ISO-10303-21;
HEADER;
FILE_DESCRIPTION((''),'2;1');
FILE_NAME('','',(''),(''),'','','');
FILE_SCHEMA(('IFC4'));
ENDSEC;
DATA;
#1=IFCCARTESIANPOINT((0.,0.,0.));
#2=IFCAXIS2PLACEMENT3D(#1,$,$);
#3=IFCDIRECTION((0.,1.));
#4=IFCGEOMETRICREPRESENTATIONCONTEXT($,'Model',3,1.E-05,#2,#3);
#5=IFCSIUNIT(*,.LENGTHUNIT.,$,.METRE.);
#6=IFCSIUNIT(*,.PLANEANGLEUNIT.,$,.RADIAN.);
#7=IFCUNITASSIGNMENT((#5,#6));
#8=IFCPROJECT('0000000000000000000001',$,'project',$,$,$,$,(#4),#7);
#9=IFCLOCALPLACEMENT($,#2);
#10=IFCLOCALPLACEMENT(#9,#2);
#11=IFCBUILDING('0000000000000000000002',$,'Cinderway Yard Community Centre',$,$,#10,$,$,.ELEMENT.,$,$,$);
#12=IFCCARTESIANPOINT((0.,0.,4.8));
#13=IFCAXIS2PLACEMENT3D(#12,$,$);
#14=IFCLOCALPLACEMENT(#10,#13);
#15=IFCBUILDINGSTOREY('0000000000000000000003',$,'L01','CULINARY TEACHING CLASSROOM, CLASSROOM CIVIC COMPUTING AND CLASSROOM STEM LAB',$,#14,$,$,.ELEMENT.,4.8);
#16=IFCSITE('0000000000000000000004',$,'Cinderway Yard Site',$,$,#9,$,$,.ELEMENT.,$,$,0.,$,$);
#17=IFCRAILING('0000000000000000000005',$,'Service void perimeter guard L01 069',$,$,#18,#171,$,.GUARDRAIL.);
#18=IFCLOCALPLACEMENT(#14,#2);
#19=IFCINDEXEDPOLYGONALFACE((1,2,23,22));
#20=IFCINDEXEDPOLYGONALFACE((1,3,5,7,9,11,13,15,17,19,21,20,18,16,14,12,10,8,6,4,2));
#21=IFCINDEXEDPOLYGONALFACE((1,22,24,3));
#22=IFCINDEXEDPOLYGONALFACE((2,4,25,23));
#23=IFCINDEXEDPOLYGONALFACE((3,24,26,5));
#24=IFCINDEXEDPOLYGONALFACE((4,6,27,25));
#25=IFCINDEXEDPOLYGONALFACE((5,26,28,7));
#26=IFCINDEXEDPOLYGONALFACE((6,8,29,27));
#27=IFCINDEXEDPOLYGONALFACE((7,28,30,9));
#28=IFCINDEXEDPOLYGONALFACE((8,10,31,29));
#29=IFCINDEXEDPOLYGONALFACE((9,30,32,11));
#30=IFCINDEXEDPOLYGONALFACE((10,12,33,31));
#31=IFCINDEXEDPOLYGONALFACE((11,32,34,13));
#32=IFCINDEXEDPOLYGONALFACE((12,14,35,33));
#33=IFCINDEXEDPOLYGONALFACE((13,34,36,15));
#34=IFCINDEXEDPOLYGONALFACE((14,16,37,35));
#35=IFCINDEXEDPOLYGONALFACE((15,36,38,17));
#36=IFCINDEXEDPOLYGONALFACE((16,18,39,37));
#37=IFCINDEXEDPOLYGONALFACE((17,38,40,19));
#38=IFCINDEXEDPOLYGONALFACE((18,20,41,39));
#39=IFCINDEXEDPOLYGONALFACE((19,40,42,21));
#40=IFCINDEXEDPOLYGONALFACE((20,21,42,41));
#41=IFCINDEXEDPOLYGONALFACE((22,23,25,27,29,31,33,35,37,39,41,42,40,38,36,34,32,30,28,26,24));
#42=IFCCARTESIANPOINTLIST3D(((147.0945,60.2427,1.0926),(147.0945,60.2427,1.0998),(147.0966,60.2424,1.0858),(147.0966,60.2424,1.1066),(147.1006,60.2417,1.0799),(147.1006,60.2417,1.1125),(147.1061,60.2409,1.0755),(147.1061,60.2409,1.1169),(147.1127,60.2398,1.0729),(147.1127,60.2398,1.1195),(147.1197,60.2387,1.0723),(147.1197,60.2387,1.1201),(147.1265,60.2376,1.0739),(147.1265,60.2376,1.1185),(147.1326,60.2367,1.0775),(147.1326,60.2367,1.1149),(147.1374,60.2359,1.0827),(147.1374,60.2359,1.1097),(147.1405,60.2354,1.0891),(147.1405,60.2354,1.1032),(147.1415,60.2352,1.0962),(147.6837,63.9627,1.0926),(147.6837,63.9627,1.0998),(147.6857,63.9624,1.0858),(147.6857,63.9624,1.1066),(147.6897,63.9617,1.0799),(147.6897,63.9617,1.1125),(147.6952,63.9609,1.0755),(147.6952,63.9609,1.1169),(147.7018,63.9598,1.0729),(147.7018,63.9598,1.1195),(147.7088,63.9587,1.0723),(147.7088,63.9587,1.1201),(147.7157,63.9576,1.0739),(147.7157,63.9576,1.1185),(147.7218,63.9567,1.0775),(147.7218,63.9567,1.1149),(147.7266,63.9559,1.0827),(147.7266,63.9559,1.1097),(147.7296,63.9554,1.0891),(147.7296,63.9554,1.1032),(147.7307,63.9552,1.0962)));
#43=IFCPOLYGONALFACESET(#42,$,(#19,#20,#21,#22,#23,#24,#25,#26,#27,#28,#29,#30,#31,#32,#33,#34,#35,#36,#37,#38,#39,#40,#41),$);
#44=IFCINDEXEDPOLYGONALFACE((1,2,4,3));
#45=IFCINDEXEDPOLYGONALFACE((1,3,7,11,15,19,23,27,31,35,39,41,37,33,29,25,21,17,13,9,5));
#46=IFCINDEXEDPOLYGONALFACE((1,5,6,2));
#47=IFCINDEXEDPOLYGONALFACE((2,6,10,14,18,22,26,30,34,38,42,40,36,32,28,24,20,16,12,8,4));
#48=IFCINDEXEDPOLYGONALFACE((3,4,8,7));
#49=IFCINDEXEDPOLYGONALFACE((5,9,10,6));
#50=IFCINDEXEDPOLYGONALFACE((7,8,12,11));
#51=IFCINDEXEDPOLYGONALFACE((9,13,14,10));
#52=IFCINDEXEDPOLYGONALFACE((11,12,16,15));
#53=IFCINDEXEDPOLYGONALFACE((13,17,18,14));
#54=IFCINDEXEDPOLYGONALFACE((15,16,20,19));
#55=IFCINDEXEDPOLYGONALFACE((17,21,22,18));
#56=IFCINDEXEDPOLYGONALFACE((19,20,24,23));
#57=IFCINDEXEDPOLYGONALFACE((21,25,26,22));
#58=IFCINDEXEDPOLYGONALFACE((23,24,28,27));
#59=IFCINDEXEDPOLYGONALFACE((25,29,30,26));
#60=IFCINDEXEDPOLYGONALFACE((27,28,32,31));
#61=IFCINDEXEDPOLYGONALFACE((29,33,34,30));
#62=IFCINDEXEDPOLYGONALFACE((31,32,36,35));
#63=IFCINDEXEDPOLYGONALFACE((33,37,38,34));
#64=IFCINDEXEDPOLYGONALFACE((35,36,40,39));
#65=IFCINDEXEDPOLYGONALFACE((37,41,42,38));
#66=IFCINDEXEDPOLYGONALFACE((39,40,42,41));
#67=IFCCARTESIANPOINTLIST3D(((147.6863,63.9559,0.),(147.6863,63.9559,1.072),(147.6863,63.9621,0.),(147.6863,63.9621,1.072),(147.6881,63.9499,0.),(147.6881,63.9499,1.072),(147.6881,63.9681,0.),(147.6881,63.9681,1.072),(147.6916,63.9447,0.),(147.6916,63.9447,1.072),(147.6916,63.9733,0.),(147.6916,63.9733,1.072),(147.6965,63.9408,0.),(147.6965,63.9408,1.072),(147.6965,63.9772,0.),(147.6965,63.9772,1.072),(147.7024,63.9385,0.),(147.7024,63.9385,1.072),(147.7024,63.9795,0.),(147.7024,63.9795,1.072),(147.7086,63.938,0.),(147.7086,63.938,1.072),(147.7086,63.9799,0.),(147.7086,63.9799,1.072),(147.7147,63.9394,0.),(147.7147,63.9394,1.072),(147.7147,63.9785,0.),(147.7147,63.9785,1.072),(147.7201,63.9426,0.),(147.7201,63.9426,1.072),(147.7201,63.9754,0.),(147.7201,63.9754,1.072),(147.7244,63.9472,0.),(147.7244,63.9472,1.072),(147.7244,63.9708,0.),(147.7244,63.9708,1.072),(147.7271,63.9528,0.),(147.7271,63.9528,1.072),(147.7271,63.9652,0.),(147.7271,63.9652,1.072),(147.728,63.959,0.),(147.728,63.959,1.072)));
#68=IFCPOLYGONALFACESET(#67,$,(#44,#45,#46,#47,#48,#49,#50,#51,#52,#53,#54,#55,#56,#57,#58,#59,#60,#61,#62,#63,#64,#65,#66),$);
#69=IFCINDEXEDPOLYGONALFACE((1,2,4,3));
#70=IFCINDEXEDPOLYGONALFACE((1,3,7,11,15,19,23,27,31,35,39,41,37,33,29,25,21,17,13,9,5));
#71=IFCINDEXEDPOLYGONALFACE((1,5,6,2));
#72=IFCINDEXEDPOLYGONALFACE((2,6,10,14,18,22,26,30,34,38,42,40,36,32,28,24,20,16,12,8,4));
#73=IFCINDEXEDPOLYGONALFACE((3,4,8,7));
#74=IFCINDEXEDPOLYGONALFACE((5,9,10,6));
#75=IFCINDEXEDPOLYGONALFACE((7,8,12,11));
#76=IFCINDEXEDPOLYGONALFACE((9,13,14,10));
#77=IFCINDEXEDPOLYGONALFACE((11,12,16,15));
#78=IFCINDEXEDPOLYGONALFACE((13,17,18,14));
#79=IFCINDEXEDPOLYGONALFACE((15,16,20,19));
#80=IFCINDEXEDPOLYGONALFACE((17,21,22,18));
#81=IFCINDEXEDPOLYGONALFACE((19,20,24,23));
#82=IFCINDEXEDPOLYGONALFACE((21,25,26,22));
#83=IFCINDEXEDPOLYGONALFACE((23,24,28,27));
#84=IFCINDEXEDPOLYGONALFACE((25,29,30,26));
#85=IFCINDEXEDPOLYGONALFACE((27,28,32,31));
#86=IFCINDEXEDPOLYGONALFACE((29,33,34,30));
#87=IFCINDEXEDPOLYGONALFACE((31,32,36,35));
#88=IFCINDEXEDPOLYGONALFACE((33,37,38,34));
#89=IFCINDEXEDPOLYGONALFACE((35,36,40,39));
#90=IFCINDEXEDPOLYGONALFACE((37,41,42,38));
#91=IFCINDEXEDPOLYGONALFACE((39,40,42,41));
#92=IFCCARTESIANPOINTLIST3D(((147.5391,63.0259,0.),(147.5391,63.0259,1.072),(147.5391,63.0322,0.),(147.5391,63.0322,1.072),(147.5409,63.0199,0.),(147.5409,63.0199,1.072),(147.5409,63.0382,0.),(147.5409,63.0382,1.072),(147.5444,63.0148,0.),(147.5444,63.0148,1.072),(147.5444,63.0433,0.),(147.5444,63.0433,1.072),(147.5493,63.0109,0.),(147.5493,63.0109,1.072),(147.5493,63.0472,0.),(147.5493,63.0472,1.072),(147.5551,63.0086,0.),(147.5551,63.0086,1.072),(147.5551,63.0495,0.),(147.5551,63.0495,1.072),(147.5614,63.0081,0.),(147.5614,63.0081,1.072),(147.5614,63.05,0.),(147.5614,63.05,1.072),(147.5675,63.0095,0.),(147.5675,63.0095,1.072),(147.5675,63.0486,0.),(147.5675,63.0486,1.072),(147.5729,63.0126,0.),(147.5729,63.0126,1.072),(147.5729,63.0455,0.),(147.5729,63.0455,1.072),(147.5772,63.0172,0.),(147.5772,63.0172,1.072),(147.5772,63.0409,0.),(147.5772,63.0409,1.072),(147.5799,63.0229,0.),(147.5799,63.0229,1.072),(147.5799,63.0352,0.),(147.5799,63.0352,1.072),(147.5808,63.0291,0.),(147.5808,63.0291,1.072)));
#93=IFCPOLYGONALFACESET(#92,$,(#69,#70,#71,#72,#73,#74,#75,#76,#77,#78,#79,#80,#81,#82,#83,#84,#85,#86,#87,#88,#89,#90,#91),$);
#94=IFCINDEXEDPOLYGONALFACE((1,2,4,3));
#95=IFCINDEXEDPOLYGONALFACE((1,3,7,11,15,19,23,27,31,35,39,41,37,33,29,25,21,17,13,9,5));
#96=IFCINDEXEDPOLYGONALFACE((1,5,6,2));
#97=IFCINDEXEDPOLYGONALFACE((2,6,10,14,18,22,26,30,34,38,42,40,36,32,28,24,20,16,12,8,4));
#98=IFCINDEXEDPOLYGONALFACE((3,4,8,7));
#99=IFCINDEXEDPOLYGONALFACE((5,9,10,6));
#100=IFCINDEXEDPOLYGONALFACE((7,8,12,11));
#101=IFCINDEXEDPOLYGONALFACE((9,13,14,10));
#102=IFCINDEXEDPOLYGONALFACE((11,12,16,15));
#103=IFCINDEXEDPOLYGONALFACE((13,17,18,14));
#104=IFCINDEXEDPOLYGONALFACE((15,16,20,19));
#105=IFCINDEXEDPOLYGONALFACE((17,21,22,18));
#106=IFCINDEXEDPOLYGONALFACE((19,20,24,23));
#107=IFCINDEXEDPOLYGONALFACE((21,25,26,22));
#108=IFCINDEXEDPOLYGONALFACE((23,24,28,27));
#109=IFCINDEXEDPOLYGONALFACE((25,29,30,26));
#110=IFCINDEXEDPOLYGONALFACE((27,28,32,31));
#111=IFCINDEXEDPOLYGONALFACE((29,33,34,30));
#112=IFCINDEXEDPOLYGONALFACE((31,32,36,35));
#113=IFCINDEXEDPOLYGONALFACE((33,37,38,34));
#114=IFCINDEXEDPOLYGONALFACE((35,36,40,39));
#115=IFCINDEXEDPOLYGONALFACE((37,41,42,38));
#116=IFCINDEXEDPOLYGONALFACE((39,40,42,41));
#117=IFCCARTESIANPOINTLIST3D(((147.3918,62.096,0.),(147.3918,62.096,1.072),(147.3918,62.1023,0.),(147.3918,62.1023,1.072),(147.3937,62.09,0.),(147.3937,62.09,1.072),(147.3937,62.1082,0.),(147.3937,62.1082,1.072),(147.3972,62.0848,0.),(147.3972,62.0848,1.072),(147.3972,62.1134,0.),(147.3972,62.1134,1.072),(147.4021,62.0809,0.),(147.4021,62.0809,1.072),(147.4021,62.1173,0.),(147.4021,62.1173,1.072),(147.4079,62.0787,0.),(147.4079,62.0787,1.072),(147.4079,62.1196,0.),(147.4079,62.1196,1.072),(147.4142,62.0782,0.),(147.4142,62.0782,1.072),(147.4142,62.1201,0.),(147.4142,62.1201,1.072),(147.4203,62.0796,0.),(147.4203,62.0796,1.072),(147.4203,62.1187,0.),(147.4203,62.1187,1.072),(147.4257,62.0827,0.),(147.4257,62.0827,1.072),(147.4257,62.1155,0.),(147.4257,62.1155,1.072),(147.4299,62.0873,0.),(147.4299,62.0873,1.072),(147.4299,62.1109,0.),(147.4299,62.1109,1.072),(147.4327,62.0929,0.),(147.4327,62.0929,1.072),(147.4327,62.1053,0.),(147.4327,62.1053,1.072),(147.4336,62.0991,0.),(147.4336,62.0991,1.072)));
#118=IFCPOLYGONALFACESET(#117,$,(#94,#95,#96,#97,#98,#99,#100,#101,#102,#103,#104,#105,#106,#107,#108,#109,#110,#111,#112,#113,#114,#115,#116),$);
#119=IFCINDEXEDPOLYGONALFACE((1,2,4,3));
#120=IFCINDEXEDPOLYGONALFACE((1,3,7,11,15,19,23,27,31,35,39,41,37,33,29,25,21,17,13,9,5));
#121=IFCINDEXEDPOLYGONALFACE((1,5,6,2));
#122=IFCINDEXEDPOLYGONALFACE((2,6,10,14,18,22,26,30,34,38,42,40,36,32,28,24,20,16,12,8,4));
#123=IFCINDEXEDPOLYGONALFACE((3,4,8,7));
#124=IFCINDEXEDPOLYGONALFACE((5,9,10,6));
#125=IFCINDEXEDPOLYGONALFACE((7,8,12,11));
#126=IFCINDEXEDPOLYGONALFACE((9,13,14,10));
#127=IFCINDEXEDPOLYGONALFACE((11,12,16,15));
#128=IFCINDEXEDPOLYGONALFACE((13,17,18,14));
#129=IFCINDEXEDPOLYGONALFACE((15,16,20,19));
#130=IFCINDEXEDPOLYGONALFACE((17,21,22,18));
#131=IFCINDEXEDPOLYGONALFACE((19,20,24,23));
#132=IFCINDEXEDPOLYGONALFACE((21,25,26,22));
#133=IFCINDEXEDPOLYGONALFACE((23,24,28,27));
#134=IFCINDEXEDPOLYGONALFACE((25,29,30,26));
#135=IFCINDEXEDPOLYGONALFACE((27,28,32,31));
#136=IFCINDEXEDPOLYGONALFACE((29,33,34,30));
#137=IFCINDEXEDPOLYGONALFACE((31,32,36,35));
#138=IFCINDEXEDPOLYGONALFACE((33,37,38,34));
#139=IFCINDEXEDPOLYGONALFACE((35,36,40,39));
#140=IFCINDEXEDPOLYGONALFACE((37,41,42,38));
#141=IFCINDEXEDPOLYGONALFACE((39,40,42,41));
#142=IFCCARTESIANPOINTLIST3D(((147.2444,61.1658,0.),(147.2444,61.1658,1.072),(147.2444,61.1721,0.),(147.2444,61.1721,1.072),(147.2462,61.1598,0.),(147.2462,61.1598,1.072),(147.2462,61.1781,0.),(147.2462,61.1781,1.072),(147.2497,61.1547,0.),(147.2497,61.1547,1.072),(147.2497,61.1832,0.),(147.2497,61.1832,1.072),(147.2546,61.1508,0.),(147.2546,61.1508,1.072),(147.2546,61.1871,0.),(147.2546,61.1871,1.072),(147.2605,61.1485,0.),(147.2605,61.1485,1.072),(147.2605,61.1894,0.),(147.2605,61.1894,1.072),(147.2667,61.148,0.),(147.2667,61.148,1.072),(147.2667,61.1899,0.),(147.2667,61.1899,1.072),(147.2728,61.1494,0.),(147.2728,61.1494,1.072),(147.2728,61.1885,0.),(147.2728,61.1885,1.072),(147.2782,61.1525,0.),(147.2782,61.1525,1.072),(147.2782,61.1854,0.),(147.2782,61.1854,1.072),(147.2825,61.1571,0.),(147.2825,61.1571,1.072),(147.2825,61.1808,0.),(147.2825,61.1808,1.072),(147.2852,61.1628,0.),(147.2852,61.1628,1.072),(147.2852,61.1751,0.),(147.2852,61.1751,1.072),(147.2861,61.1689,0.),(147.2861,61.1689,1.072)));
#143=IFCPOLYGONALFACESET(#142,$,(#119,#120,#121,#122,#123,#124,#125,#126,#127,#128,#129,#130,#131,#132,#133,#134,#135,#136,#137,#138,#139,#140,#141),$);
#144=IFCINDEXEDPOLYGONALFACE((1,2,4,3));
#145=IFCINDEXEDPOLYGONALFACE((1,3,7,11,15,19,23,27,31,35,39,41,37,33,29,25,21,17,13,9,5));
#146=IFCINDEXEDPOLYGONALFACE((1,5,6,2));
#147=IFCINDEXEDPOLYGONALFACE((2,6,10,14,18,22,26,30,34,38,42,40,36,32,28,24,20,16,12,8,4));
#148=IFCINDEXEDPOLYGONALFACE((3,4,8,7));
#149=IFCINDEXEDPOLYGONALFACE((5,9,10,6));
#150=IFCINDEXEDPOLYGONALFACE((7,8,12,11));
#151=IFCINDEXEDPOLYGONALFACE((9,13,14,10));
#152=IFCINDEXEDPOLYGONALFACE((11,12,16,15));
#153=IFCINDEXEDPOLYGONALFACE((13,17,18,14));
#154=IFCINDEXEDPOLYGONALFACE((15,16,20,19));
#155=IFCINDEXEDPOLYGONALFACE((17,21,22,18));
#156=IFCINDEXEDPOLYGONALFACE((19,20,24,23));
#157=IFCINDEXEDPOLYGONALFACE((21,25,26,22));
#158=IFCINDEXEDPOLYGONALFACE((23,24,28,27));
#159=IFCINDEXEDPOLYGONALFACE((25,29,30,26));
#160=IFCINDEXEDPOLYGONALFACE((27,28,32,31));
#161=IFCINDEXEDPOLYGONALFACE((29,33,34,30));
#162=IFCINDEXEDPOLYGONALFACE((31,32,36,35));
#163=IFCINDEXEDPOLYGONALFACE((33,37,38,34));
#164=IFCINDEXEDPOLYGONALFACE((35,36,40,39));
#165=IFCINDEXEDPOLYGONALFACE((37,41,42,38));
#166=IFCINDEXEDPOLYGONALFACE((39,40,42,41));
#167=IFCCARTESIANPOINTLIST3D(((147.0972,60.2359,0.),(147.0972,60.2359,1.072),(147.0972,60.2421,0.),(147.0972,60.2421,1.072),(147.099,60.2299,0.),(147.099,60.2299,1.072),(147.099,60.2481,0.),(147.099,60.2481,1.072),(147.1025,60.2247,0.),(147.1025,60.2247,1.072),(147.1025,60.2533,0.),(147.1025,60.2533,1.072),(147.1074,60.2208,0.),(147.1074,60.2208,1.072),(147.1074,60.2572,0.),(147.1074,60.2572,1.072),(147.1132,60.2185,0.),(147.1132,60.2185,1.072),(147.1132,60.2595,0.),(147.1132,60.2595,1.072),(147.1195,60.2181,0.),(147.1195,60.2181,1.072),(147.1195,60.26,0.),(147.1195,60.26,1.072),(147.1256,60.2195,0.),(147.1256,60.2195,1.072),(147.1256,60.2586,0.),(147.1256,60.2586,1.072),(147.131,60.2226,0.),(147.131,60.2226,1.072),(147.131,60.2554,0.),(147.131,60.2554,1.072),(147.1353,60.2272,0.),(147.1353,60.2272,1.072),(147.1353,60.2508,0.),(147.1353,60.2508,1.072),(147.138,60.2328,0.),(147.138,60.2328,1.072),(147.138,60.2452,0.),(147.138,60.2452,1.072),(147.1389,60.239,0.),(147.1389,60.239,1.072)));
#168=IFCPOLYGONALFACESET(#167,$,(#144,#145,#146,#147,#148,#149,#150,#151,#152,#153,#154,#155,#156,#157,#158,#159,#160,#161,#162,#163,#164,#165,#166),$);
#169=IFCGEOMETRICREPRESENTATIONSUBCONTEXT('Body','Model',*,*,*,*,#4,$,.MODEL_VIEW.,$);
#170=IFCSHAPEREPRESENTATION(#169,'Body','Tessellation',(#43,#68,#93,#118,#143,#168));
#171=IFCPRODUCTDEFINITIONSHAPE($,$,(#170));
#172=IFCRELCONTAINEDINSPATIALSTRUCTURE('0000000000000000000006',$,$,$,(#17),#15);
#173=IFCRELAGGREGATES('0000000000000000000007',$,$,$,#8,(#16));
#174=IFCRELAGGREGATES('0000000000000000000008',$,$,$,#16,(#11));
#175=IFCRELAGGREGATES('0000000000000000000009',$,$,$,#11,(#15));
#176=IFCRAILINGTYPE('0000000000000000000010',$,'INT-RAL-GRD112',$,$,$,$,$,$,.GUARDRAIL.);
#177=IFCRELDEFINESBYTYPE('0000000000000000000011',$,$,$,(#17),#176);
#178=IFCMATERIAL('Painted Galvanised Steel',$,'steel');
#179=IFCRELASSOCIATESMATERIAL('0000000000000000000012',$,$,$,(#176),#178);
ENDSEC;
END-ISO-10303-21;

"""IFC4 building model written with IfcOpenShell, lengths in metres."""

from ifc_helpers import new_model, si_unit, direction, frame, origin, origin_2d, place, context, subcontext, project, spatial, circle, extrude, material, type_object, element, save


model = new_model("IFC4")

# Units and contexts
model_context = context("Model", 3, precision=1e-05, world=origin(), true_north=direction((0.0, 1.0)))
body_context = subcontext(model_context, "Body", "Model", "MODEL_VIEW")
ifc_project = project(units=[si_unit("LENGTHUNIT", "METRE"), si_unit("PLANEANGLEUNIT", "RADIAN")], contexts=[model_context])

# Site, building, storey
site_placement = place(None, origin())
site = spatial("IfcSite", under=ifc_project, at=site_placement, Name="Cinderway Yard Site", CompositionType="ELEMENT", RefElevation=0.0)
building_placement = place(site_placement, origin())
building = spatial("IfcBuilding", under=site, at=building_placement, Name="Cinderway Yard Community Centre", CompositionType="ELEMENT")
storey_placement = place(building_placement, frame((0.0, 0.0, 4.8)))
storey = spatial("IfcBuildingStorey", under=building, at=storey_placement, Name="L01", Description="CULINARY TEACHING CLASSROOM, CLASSROOM CIVIC COMPUTING AND CLASSROOM STEM LAB", CompositionType="ELEMENT", Elevation=4.8)

# Railing
ifc_material_1 = material(Name="Painted Galvanised Steel", Category="steel")
railing_type_1 = type_object("IfcRailingType", Name="INT-RAL-GRD112", PredefinedType="GUARDRAIL", material=ifc_material_1)
railing_1_placement = place(storey_placement, frame((147.707, 63.959, 0.0)))
element("IfcRailing", 1, at=railing_1_placement, inside=storey, type_object=railing_type_1, Name="Service void perimeter guard L01 069", PredefinedType="GUARDRAIL", context=body_context, shape_type="SweptSolid", body=[
    extrude(circle(Radius=0.0239, at=origin_2d()), frame((0.0, 0.0, 1.0962), z_axis=(-0.156415, -0.987691, 0.0), x_axis=(0.987691, -0.156415, 0.0)), (0.0, 0.0, 1.0), 3.7664),
    extrude(circle(Radius=0.021, at=origin_2d()), origin(), (0.0, 0.0, 1.0), 1.072),
    extrude(circle(Radius=0.021, at=origin_2d()), frame((-0.1472, -0.9299, 0.0)), (0.0, 0.0, 1.0), 1.072),
    extrude(circle(Radius=0.021, at=origin_2d()), frame((-0.2944, -1.8599, 0.0)), (0.0, 0.0, 1.0), 1.072),
    extrude(circle(Radius=0.021, at=origin_2d()), frame((-0.4419, -2.79, 0.0)), (0.0, 0.0, 1.0), 1.072),
    extrude(circle(Radius=0.021, at=origin_2d()), frame((-0.5891, -3.72, 0.0)), (0.0, 0.0, 1.0), 1.072),
])

save(model, "model.ifc")
